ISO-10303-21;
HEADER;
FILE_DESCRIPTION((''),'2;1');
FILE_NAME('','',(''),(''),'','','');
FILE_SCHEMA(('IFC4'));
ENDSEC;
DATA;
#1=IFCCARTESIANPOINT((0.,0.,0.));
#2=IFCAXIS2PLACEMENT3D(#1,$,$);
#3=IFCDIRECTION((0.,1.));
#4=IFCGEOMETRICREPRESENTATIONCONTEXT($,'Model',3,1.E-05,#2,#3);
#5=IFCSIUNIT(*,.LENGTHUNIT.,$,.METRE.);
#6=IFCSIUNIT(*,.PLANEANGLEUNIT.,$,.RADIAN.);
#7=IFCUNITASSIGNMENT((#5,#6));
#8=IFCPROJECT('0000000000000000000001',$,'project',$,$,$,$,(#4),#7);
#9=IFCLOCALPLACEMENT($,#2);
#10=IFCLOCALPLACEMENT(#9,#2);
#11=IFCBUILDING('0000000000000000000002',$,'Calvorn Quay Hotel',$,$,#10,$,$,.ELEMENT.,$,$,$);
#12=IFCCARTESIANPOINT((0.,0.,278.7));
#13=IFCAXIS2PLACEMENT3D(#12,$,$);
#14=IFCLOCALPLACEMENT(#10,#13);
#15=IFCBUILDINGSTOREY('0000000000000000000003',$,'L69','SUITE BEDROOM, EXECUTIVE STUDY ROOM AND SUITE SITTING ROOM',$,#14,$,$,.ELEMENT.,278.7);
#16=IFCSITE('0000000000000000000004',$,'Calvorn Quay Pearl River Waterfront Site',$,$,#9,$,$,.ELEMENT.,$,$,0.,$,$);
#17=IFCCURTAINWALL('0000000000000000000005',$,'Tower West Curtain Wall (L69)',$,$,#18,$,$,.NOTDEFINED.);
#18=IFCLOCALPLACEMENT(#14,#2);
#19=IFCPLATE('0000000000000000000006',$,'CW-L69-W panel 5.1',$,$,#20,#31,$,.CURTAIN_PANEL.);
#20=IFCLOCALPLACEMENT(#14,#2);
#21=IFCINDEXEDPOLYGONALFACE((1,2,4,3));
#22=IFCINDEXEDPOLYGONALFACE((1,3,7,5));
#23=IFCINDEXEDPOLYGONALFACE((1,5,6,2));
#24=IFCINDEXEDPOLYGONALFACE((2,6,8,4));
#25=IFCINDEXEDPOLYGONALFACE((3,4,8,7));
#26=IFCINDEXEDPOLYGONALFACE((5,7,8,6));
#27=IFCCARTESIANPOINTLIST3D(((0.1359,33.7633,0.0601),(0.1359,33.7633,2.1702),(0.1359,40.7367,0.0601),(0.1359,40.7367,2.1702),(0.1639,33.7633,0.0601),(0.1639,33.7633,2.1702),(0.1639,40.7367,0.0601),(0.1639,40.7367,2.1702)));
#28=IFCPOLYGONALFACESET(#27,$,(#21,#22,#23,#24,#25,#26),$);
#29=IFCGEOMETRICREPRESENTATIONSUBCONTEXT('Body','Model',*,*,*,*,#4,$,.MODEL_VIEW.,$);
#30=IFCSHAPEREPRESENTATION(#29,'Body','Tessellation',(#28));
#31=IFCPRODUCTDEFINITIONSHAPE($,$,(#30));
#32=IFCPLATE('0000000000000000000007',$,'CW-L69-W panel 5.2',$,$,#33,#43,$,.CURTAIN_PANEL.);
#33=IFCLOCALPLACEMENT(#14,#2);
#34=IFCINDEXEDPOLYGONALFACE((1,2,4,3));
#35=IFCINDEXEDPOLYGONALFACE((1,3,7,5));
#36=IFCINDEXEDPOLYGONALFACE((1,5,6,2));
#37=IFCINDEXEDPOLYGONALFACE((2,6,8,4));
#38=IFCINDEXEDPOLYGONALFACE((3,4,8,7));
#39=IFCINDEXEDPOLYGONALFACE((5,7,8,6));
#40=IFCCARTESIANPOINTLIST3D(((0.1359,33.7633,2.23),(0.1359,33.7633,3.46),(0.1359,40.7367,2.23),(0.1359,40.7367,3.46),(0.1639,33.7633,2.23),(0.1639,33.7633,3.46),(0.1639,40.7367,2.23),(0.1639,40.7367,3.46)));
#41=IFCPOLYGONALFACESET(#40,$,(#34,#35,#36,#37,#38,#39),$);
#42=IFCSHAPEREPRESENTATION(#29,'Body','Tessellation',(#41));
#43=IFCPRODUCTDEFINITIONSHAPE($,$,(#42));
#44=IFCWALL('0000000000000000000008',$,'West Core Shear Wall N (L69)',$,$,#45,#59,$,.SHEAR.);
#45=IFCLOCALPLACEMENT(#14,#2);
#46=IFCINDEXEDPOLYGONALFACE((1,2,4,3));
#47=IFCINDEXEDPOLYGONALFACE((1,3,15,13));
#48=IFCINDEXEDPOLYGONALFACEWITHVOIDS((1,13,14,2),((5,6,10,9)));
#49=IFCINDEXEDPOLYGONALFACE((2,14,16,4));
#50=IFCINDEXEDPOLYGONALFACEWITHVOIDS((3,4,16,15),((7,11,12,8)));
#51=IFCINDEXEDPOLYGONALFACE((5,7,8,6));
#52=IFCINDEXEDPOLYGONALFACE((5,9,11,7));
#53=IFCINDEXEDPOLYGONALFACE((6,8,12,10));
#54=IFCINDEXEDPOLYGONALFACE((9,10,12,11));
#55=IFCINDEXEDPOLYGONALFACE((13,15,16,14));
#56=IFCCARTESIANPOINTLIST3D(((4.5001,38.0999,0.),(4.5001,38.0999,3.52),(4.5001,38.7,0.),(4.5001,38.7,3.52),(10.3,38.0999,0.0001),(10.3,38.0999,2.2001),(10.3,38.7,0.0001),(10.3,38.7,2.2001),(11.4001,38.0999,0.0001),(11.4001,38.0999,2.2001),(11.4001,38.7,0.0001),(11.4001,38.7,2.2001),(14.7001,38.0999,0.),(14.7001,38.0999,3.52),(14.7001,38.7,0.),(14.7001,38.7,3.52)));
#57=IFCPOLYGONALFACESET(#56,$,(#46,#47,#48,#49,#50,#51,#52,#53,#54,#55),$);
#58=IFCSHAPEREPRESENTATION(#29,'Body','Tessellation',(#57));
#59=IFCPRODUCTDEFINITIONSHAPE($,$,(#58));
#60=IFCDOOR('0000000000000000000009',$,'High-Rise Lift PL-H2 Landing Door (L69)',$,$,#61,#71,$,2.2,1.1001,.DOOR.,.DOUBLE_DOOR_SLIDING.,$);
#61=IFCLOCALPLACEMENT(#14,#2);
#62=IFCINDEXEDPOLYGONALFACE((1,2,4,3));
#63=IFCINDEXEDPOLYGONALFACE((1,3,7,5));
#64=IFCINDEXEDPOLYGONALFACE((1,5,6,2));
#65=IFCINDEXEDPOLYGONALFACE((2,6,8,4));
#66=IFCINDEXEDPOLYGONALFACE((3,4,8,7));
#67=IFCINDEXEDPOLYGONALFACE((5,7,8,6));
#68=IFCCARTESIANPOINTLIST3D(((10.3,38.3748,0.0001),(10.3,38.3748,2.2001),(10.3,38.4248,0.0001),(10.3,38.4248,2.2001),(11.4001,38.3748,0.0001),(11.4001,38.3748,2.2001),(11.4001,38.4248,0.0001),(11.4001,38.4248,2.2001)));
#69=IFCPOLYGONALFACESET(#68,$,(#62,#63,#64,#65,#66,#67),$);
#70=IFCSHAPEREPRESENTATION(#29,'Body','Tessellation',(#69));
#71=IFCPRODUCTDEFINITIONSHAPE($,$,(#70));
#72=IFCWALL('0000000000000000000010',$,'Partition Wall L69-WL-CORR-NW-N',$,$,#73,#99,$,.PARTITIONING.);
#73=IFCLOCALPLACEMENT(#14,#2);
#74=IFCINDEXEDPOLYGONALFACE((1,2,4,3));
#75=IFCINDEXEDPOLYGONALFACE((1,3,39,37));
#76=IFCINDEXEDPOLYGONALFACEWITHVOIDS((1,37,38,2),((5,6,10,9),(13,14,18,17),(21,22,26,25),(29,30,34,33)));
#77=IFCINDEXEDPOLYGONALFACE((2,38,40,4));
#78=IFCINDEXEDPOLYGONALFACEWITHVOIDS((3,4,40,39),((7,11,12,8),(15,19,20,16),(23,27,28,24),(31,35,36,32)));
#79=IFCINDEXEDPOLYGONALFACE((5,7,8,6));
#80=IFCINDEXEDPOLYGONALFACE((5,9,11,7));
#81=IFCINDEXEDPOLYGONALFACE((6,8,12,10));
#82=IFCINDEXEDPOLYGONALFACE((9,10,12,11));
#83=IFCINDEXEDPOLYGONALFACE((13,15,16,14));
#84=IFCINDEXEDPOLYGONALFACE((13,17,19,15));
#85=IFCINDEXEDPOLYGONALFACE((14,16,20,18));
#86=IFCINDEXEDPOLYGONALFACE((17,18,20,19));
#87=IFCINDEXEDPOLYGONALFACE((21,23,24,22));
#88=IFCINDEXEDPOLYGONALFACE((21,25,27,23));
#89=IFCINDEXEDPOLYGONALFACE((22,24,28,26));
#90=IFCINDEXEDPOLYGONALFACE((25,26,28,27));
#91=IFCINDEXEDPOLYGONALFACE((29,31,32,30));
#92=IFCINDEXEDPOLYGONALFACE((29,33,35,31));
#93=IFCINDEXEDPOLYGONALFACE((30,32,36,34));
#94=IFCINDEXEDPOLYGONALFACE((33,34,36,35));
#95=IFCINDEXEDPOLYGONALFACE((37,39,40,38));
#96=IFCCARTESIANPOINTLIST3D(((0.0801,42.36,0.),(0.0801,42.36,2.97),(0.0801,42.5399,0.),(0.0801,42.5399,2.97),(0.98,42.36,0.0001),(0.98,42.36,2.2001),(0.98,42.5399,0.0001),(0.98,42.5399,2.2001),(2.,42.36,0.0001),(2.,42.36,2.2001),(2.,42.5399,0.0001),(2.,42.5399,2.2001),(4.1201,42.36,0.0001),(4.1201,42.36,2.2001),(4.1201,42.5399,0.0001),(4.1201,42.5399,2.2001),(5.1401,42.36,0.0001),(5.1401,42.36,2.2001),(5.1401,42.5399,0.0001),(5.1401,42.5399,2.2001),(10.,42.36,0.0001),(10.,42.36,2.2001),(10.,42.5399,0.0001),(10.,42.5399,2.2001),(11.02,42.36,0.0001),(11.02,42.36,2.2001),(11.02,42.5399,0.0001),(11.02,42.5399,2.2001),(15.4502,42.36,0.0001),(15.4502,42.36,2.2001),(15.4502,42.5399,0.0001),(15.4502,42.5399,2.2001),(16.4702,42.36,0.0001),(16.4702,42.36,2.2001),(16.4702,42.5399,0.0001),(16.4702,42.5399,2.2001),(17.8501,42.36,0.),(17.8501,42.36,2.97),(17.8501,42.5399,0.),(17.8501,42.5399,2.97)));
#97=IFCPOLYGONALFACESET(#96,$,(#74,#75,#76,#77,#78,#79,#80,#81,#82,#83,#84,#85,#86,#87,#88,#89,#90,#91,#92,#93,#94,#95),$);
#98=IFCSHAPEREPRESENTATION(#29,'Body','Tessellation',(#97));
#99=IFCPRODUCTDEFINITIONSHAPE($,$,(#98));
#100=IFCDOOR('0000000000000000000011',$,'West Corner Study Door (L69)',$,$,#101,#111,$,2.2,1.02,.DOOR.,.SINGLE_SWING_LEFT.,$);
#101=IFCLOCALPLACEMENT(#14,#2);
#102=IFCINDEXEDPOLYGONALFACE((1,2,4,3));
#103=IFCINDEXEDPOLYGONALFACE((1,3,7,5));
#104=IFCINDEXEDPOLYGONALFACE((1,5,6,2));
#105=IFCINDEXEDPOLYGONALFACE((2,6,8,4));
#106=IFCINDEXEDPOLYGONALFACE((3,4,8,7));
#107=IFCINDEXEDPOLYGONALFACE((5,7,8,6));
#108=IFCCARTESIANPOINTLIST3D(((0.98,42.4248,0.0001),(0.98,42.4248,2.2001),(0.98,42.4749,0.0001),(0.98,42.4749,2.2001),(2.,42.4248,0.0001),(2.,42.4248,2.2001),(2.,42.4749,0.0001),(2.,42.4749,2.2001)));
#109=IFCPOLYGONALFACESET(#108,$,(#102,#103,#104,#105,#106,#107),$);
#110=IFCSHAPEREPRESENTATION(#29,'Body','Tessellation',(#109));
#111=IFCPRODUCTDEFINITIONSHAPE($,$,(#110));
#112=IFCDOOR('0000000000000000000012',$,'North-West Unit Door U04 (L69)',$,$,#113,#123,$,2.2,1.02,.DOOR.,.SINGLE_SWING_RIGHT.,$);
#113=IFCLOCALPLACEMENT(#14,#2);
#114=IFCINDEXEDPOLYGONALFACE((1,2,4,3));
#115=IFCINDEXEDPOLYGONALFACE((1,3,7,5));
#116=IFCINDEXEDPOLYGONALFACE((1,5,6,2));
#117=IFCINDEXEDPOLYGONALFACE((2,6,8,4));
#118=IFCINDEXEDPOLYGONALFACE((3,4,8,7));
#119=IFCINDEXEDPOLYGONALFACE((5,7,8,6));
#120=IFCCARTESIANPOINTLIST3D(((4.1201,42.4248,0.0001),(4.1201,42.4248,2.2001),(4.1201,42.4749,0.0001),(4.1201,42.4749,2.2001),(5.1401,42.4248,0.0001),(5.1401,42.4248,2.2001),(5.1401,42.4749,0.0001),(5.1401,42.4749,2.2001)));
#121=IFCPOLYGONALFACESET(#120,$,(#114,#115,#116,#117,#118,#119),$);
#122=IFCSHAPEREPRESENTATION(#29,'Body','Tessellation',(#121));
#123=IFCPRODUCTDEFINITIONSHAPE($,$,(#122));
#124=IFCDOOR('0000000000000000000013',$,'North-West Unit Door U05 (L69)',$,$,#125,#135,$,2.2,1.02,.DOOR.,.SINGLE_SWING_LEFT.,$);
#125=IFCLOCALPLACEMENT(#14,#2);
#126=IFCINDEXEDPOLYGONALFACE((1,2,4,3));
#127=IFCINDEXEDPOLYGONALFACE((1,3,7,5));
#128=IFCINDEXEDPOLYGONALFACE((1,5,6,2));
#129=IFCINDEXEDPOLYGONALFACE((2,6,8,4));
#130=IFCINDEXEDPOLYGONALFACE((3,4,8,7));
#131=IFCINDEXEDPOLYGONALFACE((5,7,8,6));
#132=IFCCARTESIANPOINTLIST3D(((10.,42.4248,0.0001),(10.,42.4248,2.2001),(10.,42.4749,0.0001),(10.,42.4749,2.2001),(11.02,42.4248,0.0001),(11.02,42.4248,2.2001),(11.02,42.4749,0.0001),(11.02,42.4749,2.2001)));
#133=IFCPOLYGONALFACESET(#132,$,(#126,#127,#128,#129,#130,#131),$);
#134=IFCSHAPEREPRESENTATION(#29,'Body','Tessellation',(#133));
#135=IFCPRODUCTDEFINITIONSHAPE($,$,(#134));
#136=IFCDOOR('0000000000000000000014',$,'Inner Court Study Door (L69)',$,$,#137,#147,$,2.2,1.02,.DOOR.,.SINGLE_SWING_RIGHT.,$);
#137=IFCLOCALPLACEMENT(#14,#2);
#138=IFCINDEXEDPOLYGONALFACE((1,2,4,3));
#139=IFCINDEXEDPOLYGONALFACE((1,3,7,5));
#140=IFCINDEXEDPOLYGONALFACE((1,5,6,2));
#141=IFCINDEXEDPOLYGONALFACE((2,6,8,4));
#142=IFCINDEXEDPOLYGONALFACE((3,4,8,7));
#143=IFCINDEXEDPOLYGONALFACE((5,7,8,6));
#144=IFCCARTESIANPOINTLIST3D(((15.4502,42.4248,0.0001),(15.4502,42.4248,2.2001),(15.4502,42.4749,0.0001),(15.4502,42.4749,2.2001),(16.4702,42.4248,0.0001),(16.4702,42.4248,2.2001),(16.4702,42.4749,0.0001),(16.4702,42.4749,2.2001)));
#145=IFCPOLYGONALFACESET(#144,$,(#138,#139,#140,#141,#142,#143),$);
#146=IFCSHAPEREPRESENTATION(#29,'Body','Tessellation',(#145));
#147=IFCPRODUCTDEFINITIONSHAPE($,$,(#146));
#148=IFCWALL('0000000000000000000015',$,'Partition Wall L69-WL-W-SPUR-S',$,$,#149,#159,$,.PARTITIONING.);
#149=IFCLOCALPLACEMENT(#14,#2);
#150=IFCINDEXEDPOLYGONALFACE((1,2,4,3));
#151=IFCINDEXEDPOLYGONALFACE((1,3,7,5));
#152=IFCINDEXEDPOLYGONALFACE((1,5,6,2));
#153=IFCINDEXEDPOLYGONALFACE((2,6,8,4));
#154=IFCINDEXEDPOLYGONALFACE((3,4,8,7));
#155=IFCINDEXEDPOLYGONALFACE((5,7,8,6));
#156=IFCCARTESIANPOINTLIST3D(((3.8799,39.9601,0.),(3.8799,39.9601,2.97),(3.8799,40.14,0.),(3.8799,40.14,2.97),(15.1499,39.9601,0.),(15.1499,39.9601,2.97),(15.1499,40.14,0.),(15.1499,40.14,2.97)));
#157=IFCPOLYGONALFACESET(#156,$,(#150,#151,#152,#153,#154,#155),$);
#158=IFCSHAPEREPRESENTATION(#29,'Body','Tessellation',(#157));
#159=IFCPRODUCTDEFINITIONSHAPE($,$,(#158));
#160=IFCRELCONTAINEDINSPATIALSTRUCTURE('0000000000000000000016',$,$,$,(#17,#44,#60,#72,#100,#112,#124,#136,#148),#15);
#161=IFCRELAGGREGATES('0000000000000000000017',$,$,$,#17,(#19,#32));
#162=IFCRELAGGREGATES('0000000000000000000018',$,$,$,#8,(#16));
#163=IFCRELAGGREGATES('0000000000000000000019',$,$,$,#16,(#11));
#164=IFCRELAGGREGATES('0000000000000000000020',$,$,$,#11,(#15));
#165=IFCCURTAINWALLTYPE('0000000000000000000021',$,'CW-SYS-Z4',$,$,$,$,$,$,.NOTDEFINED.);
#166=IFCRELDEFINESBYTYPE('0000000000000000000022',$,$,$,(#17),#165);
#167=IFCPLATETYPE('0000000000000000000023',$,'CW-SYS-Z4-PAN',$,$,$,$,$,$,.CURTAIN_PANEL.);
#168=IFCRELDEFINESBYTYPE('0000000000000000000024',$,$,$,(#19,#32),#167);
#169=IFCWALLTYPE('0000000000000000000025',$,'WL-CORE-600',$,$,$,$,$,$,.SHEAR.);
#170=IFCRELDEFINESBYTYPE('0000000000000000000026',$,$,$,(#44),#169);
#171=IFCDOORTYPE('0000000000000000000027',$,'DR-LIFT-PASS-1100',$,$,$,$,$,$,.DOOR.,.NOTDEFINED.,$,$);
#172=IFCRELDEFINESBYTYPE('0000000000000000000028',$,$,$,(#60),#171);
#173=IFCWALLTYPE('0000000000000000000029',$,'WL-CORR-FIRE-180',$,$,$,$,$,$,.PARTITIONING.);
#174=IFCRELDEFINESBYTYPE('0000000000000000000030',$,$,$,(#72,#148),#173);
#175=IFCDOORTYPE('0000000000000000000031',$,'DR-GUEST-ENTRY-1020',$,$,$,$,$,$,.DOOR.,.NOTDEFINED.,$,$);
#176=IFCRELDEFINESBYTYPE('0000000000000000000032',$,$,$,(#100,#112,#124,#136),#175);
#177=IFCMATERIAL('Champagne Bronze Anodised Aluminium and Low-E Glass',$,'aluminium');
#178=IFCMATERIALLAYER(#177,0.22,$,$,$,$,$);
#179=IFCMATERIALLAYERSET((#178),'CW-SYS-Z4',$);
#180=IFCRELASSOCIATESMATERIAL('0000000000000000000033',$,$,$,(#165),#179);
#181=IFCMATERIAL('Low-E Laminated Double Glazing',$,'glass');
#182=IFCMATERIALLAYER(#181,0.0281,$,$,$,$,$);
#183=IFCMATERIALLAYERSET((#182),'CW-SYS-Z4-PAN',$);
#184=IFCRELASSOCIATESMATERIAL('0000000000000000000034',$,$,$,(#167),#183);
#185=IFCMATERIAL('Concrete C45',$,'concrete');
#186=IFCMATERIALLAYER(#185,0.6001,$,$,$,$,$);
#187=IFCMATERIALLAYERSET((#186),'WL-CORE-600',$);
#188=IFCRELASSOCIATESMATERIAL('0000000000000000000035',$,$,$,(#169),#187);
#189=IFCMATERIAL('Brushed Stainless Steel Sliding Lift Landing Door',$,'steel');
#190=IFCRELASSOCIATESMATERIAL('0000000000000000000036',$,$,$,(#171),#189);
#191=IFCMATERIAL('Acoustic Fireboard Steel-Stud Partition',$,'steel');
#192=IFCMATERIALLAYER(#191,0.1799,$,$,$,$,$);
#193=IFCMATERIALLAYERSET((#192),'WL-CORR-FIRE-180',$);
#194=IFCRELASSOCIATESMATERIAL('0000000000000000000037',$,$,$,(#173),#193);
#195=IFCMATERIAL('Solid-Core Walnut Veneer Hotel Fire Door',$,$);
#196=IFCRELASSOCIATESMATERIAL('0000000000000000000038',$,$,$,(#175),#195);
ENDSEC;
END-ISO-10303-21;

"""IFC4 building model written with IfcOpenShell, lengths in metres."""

from ifc_helpers import new_model, si_unit, direction, frame, frame_2d, origin, origin_2d, place, context, subcontext, project, spatial, rectangle, extrude, material, layer, layer_set, type_object, element, fill, aggregate, save


model = new_model("IFC4")

# Units and contexts
model_context = context("Model", 3, precision=1e-05, world=origin(), true_north=direction((0.0, 1.0)))
body_context = subcontext(model_context, "Body", "Model", "MODEL_VIEW")
ifc_project = project(units=[si_unit("LENGTHUNIT", "METRE"), si_unit("PLANEANGLEUNIT", "RADIAN")], contexts=[model_context])

# Site, building, storey
site_placement = place(None, origin())
site = spatial("IfcSite", under=ifc_project, at=site_placement, Name="Calvorn Quay Pearl River Waterfront Site", CompositionType="ELEMENT", RefElevation=0.0)
building_placement = place(site_placement, origin())
building = spatial("IfcBuilding", under=site, at=building_placement, Name="Calvorn Quay Hotel", CompositionType="ELEMENT")
storey_placement = place(building_placement, frame((0.0, 0.0, 278.7)))
storey = spatial("IfcBuildingStorey", under=building, at=storey_placement, Name="L69", Description="SUITE BEDROOM, EXECUTIVE STUDY ROOM AND SUITE SITTING ROOM", CompositionType="ELEMENT", Elevation=278.7)

# Curtain wall, plates
ifc_material_1 = material(Name="Champagne Bronze Anodised Aluminium and Low-E Glass", Category="aluminium")
ifc_layer_1 = layer(ifc_material_1, 0.22)
ifc_layer_set_1 = layer_set([ifc_layer_1], Name="CW-SYS-Z4")
curtain_wall_type = type_object("IfcCurtainWallType", Name="CW-SYS-Z4", PredefinedType="NOTDEFINED", material=ifc_layer_set_1)
curtain_wall_placement = place(storey_placement, origin())
curtain_wall = element("IfcCurtainWall", 1, at=curtain_wall_placement, inside=storey, type_object=curtain_wall_type, Name="Tower West Curtain Wall (L69)", PredefinedType="NOTDEFINED")
ifc_material_2 = material(Name="Low-E Laminated Double Glazing", Category="glass")
ifc_layer_2 = layer(ifc_material_2, 0.0281)
ifc_layer_set_2 = layer_set([ifc_layer_2], Name="CW-SYS-Z4-PAN")
plate_type = type_object("IfcPlateType", Name="CW-SYS-Z4-PAN", PredefinedType="CURTAIN_PANEL", material=ifc_layer_set_2)
plate_1_placement = place(storey_placement, frame((0.1499, 37.25, 0.0601), z_axis=(0.0, 0.0, 1.0), x_axis=(0.0, 1.0, 0.0)))
plate_1 = element("IfcPlate", 2, at=plate_1_placement, type_object=plate_type, Name="CW-L69-W panel 5.1", PredefinedType="CURTAIN_PANEL", context=body_context, shape_type="SweptSolid", body=[
    extrude(rectangle(XDim=6.9734, YDim=0.0281, at=origin_2d()), origin(), (0.0, 0.0, 1.0), 2.1101),
])
plate_2_placement = place(storey_placement, frame((0.1499, 37.25, 2.23), z_axis=(0.0, 0.0, 1.0), x_axis=(0.0, 1.0, 0.0)))
plate_2 = element("IfcPlate", 3, at=plate_2_placement, type_object=plate_type, Name="CW-L69-W panel 5.2", PredefinedType="CURTAIN_PANEL", context=body_context, shape_type="SweptSolid", body=[
    extrude(rectangle(XDim=6.9734, YDim=0.0281, at=origin_2d()), origin(), (0.0, 0.0, 1.0), 1.23),
])
aggregate(curtain_wall, [plate_1, plate_2])

# Wall, opening, door
ifc_material_3 = material(Name="Concrete C45", Category="concrete")
ifc_layer_3 = layer(ifc_material_3, 0.6001)
ifc_layer_set_3 = layer_set([ifc_layer_3], Name="WL-CORE-600")
wall_type_1 = type_object("IfcWallType", Name="WL-CORE-600", PredefinedType="SHEAR", material=ifc_layer_set_3)
wall_1_placement = place(storey_placement, frame((4.5, 38.3999, 0.0), z_axis=(0.0, 0.0, 1.0), x_axis=(1.0, 0.0, 0.0)))
wall_1 = element("IfcWall", 4, at=wall_1_placement, inside=storey, type_object=wall_type_1, Name="West Core Shear Wall N (L69)", PredefinedType="SHEAR", context=body_context, shape_type="SweptSolid", body=[
    extrude(rectangle(XDim=10.2, YDim=0.6001, at=frame_2d((5.1001, 0.0))), origin(), (0.0, 0.0, 1.0), 3.52),
])
opening_1_placement = place(wall_1_placement, frame((5.8, 0.0, 0.0)))
opening_1 = element("IfcOpeningElement", 5, at=opening_1_placement, cuts=wall_1, PredefinedType="OPENING", context=body_context, shape_type="SweptSolid", body=[
    extrude(rectangle(XDim=1.1001, YDim=2.2, at=frame_2d((0.55, 1.1001))), frame((0.0, 0.3101, 0.0), z_axis=(0.0, -1.0, 0.0), x_axis=(1.0, 0.0, 0.0)), (0.0, 0.0, 1.0), 0.6201),
])
ifc_material_4 = material(Name="Brushed Stainless Steel Sliding Lift Landing Door", Category="steel")
door_type_1 = type_object("IfcDoorType", Name="DR-LIFT-PASS-1100", OperationType="NOTDEFINED", PredefinedType="DOOR", material=ifc_material_4)
door_1_placement = place(opening_1_placement, origin())
door_1 = element("IfcDoor", 6, at=door_1_placement, inside=storey, type_object=door_type_1, Name="High-Rise Lift PL-H2 Landing Door (L69)", OperationType="DOUBLE_DOOR_SLIDING", OverallHeight=2.2, OverallWidth=1.1001, PredefinedType="DOOR", context=body_context, shape_type="SweptSolid", body=[
    extrude(rectangle(XDim=1.1001, YDim=2.2, at=frame_2d((0.55, 1.1001))), frame((0.0, 0.0249, 0.0), z_axis=(0.0, -1.0, 0.0), x_axis=(1.0, 0.0, 0.0)), (0.0, 0.0, 1.0), 0.05),
])
fill(opening_1, door_1)
ifc_material_5 = material(Name="Acoustic Fireboard Steel-Stud Partition", Category="steel")
ifc_layer_4 = layer(ifc_material_5, 0.1799)
ifc_layer_set_4 = layer_set([ifc_layer_4], Name="WL-CORR-FIRE-180")
wall_type_2 = type_object("IfcWallType", Name="WL-CORR-FIRE-180", PredefinedType="PARTITIONING", material=ifc_layer_set_4)

# Wall, openings, doors
wall_2_placement = place(storey_placement, frame((0.0801, 42.45, 0.0), z_axis=(0.0, 0.0, 1.0), x_axis=(1.0, 0.0, 0.0)))
wall_2 = element("IfcWall", 7, at=wall_2_placement, inside=storey, type_object=wall_type_2, Name="Partition Wall L69-WL-CORR-NW-N", PredefinedType="PARTITIONING", context=body_context, shape_type="SweptSolid", body=[
    extrude(rectangle(XDim=17.77, YDim=0.1799, at=frame_2d((8.885, 0.0))), origin(), (0.0, 0.0, 1.0), 2.97),
])
opening_2_placement = place(wall_2_placement, frame((0.8999, 0.0, 0.0)))
opening_2 = element("IfcOpeningElement", 8, at=opening_2_placement, cuts=wall_2, PredefinedType="OPENING", context=body_context, shape_type="SweptSolid", body=[
    extrude(rectangle(XDim=1.02, YDim=2.2, at=frame_2d((0.51, 1.1001))), frame((0.0, 0.0999, 0.0), z_axis=(0.0, -1.0, 0.0), x_axis=(1.0, 0.0, 0.0)), (0.0, 0.0, 1.0), 0.2),
])
opening_3_placement = place(wall_2_placement, frame((4.04, 0.0, 0.0)))
opening_3 = element("IfcOpeningElement", 9, at=opening_3_placement, cuts=wall_2, PredefinedType="OPENING", context=body_context, shape_type="SweptSolid", body=[
    extrude(rectangle(XDim=1.02, YDim=2.2, at=frame_2d((0.51, 1.1001))), frame((0.0, 0.0999, 0.0), z_axis=(0.0, -1.0, 0.0), x_axis=(1.0, 0.0, 0.0)), (0.0, 0.0, 1.0), 0.2),
])
opening_4_placement = place(wall_2_placement, frame((9.9199, 0.0, 0.0)))
opening_4 = element("IfcOpeningElement", 10, at=opening_4_placement, cuts=wall_2, PredefinedType="OPENING", context=body_context, shape_type="SweptSolid", body=[
    extrude(rectangle(XDim=1.02, YDim=2.2, at=frame_2d((0.51, 1.1001))), frame((0.0, 0.0999, 0.0), z_axis=(0.0, -1.0, 0.0), x_axis=(1.0, 0.0, 0.0)), (0.0, 0.0, 1.0), 0.2),
])
opening_5_placement = place(wall_2_placement, frame((15.3701, 0.0, 0.0)))
opening_5 = element("IfcOpeningElement", 11, at=opening_5_placement, cuts=wall_2, PredefinedType="OPENING", context=body_context, shape_type="SweptSolid", body=[
    extrude(rectangle(XDim=1.02, YDim=2.2, at=frame_2d((0.51, 1.1001))), frame((0.0, 0.0999, 0.0), z_axis=(0.0, -1.0, 0.0), x_axis=(1.0, 0.0, 0.0)), (0.0, 0.0, 1.0), 0.2),
])
ifc_material_6 = material(Name="Solid-Core Walnut Veneer Hotel Fire Door")
door_type_2 = type_object("IfcDoorType", Name="DR-GUEST-ENTRY-1020", OperationType="NOTDEFINED", PredefinedType="DOOR", material=ifc_material_6)
door_2_placement = place(opening_2_placement, origin())
door_2 = element("IfcDoor", 12, at=door_2_placement, inside=storey, type_object=door_type_2, Name="West Corner Study Door (L69)", OperationType="SINGLE_SWING_LEFT", OverallHeight=2.2, OverallWidth=1.02, PredefinedType="DOOR", context=body_context, shape_type="SweptSolid", body=[
    extrude(rectangle(XDim=1.02, YDim=2.2, at=frame_2d((0.51, 1.1001))), frame((0.0, 0.0249, 0.0), z_axis=(0.0, -1.0, 0.0), x_axis=(1.0, 0.0, 0.0)), (0.0, 0.0, 1.0), 0.05),
])
fill(opening_2, door_2)
door_3_placement = place(opening_3_placement, origin())
door_3 = element("IfcDoor", 13, at=door_3_placement, inside=storey, type_object=door_type_2, Name="North-West Unit Door U04 (L69)", OperationType="SINGLE_SWING_RIGHT", OverallHeight=2.2, OverallWidth=1.02, PredefinedType="DOOR", context=body_context, shape_type="SweptSolid", body=[
    extrude(rectangle(XDim=1.02, YDim=2.2, at=frame_2d((0.51, 1.1001))), frame((0.0, 0.0249, 0.0), z_axis=(0.0, -1.0, 0.0), x_axis=(1.0, 0.0, 0.0)), (0.0, 0.0, 1.0), 0.05),
])
fill(opening_3, door_3)
door_4_placement = place(opening_4_placement, origin())
door_4 = element("IfcDoor", 14, at=door_4_placement, inside=storey, type_object=door_type_2, Name="North-West Unit Door U05 (L69)", OperationType="SINGLE_SWING_LEFT", OverallHeight=2.2, OverallWidth=1.02, PredefinedType="DOOR", context=body_context, shape_type="SweptSolid", body=[
    extrude(rectangle(XDim=1.02, YDim=2.2, at=frame_2d((0.51, 1.1001))), frame((0.0, 0.0249, 0.0), z_axis=(0.0, -1.0, 0.0), x_axis=(1.0, 0.0, 0.0)), (0.0, 0.0, 1.0), 0.05),
])
fill(opening_4, door_4)
door_5_placement = place(opening_5_placement, origin())
door_5 = element("IfcDoor", 15, at=door_5_placement, inside=storey, type_object=door_type_2, Name="Inner Court Study Door (L69)", OperationType="SINGLE_SWING_RIGHT", OverallHeight=2.2, OverallWidth=1.02, PredefinedType="DOOR", context=body_context, shape_type="SweptSolid", body=[
    extrude(rectangle(XDim=1.02, YDim=2.2, at=frame_2d((0.51, 1.1001))), frame((0.0, 0.0249, 0.0), z_axis=(0.0, -1.0, 0.0), x_axis=(1.0, 0.0, 0.0)), (0.0, 0.0, 1.0), 0.05),
])
fill(opening_5, door_5)

# Wall
wall_3_placement = place(storey_placement, frame((3.8799, 40.05, 0.0), z_axis=(0.0, 0.0, 1.0), x_axis=(1.0, 0.0, 0.0)))
element("IfcWall", 16, at=wall_3_placement, inside=storey, type_object=wall_type_2, Name="Partition Wall L69-WL-W-SPUR-S", PredefinedType="PARTITIONING", context=body_context, shape_type="SweptSolid", body=[
    extrude(rectangle(XDim=11.27, YDim=0.1799, at=frame_2d((5.635, 0.0))), origin(), (0.0, 0.0, 1.0), 2.97),
])

save(model, "model.ifc")
